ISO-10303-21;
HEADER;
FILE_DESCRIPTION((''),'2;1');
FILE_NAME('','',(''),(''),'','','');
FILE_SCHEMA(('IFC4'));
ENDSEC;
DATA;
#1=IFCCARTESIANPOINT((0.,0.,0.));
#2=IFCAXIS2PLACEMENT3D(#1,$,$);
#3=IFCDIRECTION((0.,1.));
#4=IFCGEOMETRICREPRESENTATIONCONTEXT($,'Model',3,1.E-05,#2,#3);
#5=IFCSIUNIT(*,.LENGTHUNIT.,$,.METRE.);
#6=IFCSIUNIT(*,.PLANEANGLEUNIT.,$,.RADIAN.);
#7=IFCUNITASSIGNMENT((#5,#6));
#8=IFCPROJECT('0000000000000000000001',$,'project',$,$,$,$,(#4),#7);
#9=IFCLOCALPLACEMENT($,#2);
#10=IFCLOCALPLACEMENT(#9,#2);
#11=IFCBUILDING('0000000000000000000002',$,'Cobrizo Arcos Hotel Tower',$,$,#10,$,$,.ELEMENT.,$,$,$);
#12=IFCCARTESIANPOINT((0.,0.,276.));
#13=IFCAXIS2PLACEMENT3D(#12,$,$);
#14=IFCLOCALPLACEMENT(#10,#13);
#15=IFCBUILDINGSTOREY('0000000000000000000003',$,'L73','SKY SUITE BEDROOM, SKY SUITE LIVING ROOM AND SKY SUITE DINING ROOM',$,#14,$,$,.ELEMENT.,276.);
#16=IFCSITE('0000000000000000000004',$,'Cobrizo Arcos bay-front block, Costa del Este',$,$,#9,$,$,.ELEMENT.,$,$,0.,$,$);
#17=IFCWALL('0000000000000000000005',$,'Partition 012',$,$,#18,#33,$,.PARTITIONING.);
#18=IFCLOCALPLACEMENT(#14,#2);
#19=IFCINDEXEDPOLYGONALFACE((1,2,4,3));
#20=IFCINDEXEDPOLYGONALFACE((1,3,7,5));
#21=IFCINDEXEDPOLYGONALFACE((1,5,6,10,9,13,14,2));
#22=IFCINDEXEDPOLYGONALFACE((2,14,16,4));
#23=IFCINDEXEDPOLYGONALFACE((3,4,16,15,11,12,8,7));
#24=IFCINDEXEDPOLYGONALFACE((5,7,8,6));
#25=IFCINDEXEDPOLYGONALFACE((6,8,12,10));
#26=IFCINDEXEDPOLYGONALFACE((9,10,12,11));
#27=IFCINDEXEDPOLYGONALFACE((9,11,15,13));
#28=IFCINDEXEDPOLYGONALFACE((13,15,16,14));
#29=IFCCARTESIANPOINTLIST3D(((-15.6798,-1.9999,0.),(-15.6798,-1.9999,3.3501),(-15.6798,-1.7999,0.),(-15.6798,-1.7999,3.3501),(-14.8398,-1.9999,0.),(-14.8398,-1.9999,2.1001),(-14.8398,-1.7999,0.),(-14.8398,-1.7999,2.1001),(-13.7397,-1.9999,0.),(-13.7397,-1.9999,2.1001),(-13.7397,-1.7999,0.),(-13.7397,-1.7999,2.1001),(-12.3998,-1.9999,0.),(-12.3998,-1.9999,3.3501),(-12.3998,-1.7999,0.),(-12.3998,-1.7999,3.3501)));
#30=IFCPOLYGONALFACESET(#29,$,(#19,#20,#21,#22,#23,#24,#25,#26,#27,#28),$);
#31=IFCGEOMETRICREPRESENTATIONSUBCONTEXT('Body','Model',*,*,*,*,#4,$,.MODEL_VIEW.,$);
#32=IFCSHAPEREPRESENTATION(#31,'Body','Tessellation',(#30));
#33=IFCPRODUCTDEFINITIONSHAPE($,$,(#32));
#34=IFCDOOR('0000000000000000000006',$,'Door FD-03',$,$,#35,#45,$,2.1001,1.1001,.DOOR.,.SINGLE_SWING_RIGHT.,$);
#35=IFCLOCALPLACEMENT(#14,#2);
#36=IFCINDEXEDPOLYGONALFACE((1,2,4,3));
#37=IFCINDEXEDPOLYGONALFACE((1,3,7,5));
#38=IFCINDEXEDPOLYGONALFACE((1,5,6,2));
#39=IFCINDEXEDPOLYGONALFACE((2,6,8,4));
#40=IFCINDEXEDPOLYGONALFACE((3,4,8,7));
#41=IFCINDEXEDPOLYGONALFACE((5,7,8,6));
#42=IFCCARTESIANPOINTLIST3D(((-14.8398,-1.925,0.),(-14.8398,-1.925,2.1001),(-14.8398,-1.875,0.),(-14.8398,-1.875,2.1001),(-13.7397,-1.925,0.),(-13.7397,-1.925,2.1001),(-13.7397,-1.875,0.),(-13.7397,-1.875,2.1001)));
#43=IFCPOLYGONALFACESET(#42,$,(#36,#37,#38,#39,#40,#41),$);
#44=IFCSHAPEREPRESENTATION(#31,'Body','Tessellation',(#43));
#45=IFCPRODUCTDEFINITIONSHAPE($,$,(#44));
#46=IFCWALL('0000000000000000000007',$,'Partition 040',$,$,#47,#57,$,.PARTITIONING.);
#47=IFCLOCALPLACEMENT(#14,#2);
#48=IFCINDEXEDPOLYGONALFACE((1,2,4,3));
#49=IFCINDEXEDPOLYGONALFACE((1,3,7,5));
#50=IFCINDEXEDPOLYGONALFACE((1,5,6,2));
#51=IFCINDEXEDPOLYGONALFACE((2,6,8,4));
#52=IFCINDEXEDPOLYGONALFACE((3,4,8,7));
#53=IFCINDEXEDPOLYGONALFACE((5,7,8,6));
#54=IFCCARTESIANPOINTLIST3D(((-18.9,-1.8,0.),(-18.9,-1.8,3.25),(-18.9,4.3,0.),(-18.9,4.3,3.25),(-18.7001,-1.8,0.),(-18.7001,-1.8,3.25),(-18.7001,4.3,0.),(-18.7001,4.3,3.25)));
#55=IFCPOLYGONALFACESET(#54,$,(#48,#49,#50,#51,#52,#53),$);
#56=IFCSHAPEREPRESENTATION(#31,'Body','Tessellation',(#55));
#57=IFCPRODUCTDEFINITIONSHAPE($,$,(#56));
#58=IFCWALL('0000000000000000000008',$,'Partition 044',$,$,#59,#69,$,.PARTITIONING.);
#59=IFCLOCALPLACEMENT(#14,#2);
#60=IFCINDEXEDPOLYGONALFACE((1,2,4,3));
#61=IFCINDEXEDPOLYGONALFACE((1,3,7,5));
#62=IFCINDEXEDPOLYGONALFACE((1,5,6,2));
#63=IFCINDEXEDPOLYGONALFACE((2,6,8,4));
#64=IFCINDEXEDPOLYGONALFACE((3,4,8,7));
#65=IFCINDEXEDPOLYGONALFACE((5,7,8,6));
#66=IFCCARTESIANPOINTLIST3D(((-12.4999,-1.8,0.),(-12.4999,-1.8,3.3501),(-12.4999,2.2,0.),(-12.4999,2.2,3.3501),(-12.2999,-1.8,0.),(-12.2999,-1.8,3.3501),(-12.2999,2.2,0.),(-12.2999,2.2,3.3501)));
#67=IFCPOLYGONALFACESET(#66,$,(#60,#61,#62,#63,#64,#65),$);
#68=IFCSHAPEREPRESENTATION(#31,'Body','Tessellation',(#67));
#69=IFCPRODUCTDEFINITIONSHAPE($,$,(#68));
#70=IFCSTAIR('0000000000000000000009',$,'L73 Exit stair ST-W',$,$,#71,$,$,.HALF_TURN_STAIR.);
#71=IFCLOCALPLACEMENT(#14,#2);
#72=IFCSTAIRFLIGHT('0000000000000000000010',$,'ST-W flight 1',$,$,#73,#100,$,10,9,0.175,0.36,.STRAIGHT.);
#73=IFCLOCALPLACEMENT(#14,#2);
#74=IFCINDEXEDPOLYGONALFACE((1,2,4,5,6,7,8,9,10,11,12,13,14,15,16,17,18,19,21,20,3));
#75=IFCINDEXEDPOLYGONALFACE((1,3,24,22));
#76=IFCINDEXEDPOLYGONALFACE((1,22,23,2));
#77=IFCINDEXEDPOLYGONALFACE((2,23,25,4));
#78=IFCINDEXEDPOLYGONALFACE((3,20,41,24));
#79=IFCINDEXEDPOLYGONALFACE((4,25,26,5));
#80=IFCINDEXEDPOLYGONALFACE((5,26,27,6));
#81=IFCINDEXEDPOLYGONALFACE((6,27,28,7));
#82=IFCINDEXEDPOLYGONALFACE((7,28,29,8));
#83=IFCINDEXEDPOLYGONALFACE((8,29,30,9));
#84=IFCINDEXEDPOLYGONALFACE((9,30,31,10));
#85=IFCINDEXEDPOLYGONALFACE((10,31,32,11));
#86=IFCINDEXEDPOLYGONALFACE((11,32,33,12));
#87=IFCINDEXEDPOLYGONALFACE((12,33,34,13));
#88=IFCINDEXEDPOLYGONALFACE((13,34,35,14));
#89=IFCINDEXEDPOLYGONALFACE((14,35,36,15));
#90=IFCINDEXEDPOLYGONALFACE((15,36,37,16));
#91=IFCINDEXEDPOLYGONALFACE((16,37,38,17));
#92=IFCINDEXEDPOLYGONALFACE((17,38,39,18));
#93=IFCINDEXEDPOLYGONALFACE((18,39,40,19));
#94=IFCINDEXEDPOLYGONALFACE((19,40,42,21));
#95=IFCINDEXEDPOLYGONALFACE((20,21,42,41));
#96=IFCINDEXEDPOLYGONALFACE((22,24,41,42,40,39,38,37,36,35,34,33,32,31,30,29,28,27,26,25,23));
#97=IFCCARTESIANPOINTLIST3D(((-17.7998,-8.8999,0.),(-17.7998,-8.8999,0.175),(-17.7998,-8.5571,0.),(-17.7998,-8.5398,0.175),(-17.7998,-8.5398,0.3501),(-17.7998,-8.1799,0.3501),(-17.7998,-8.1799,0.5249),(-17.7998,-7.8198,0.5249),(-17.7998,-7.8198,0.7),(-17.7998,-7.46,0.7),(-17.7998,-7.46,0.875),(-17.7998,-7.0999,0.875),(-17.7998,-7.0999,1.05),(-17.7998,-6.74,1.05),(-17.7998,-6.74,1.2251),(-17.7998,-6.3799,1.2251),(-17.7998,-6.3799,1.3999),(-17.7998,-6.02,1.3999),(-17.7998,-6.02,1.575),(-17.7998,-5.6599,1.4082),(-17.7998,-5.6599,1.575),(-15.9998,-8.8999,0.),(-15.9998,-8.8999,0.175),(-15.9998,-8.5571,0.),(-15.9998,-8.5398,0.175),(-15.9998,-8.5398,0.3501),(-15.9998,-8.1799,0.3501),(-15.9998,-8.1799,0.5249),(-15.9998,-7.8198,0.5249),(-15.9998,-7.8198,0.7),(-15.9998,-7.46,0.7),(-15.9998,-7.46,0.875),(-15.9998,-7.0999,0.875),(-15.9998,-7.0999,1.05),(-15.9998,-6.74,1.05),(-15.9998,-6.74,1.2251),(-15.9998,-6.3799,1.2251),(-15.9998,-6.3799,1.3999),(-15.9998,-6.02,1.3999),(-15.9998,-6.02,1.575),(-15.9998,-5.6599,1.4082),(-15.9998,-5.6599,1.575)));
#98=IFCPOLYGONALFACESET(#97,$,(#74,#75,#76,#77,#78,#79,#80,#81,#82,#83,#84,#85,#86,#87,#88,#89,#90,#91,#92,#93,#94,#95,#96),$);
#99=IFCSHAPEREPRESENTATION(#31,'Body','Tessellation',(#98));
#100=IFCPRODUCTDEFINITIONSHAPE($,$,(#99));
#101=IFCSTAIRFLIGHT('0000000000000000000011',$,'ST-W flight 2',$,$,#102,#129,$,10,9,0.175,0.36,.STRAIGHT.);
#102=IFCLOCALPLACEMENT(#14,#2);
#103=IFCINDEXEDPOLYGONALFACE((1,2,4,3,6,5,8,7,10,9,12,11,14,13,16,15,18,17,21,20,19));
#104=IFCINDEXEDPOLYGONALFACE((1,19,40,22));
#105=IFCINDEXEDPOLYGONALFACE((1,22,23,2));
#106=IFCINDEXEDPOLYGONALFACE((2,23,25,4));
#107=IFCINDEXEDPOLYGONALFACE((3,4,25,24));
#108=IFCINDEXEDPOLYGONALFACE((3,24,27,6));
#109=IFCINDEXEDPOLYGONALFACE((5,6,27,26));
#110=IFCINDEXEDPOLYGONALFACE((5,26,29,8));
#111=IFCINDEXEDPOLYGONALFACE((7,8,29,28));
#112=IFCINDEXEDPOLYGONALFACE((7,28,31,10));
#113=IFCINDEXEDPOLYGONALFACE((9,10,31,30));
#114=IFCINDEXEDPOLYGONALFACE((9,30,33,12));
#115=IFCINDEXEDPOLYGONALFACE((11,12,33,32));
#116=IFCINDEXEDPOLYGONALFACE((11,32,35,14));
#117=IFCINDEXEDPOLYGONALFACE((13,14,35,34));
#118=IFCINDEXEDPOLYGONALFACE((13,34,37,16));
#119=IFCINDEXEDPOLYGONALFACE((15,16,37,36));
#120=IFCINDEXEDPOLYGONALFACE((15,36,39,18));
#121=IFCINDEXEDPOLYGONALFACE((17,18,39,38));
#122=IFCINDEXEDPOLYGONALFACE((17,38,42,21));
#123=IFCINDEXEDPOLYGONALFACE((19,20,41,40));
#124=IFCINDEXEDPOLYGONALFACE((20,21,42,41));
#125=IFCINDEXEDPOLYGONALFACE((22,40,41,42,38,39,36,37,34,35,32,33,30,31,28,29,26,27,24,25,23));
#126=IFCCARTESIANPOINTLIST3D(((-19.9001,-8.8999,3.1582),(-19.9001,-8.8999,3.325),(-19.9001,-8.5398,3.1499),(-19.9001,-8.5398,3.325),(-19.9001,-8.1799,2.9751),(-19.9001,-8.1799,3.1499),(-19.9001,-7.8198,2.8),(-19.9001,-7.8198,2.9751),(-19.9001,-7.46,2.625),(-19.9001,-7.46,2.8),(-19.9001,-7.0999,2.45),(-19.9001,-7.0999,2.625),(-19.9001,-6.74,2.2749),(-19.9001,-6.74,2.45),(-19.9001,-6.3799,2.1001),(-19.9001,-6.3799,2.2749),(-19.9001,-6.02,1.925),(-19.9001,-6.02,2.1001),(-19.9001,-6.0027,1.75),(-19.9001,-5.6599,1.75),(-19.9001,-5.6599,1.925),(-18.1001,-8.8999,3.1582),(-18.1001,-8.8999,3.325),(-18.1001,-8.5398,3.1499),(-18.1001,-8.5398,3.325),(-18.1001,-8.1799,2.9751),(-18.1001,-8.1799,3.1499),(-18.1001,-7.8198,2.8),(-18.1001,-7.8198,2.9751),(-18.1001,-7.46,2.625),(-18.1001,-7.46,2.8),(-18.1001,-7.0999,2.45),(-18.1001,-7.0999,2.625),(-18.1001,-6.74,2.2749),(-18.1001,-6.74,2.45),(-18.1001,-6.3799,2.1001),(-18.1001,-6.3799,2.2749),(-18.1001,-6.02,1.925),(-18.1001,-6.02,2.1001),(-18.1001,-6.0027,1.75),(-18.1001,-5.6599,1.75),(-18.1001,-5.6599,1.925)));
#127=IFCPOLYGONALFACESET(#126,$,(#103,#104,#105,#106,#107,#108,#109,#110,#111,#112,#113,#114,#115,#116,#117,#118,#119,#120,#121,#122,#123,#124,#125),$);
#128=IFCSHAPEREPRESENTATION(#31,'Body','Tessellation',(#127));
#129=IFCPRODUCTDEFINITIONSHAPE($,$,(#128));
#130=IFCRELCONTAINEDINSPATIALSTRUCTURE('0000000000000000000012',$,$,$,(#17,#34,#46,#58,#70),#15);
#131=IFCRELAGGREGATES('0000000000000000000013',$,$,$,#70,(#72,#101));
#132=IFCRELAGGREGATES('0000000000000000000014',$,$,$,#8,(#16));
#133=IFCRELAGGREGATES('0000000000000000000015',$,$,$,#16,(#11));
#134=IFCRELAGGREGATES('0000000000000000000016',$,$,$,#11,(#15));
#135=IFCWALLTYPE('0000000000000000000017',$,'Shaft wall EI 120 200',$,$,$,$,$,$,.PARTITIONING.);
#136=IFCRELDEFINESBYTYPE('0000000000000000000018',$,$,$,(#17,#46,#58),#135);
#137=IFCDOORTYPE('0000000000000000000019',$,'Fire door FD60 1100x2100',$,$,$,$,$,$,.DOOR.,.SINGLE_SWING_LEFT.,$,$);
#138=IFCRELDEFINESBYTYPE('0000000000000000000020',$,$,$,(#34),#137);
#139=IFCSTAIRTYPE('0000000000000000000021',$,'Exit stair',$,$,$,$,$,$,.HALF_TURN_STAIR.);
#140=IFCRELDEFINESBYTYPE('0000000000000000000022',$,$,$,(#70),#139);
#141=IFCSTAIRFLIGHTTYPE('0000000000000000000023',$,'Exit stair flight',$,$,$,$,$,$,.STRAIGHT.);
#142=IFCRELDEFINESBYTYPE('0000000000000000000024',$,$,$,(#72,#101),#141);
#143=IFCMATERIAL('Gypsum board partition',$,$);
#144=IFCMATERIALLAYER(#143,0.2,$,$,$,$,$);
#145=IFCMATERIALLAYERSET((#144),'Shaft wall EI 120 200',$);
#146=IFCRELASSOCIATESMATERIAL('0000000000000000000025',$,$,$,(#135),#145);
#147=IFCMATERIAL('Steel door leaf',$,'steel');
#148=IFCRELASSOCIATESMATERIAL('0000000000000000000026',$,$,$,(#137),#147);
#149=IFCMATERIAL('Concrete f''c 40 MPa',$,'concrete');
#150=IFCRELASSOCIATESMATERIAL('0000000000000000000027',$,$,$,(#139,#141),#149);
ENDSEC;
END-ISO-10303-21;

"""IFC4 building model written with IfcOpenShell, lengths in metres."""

from ifc_helpers import new_model, si_unit, direction, frame, frame_2d, origin, place, context, subcontext, project, spatial, polyline, rectangle, outline, extrude, material, layer, layer_set, type_object, element, fill, aggregate, save


model = new_model("IFC4")

# Units and contexts
model_context = context("Model", 3, precision=1e-05, world=origin(), true_north=direction((0.0, 1.0)))
body_context = subcontext(model_context, "Body", "Model", "MODEL_VIEW")
ifc_project = project(units=[si_unit("LENGTHUNIT", "METRE"), si_unit("PLANEANGLEUNIT", "RADIAN")], contexts=[model_context])

# Site, building, storey
site_placement = place(None, origin())
site = spatial("IfcSite", under=ifc_project, at=site_placement, Name="Cobrizo Arcos bay-front block, Costa del Este", CompositionType="ELEMENT", RefElevation=0.0)
building_placement = place(site_placement, origin())
building = spatial("IfcBuilding", under=site, at=building_placement, Name="Cobrizo Arcos Hotel Tower", CompositionType="ELEMENT")
storey_placement = place(building_placement, frame((0.0, 0.0, 276.0)))
storey = spatial("IfcBuildingStorey", under=building, at=storey_placement, Name="L73", Description="SKY SUITE BEDROOM, SKY SUITE LIVING ROOM AND SKY SUITE DINING ROOM", CompositionType="ELEMENT", Elevation=276.0)

# Shared definitions
ifc_material_1 = material(Name="Gypsum board partition")

# Shared definitions
ifc_material_2 = material(Name="Concrete f'c 40 MPa", Category="concrete")

# Wall, opening, door
ifc_layer_1 = layer(ifc_material_1, 0.2)
ifc_layer_set_1 = layer_set([ifc_layer_1], Name="Shaft wall EI 120 200")
wall_type_1 = type_object("IfcWallType", Name="Shaft wall EI 120 200", PredefinedType="PARTITIONING", material=ifc_layer_set_1)
wall_1_placement = place(storey_placement, frame((-15.6799, -1.8999, 0.0), z_axis=(0.0, 0.0, 1.0), x_axis=(1.0, 0.0, 0.0)))
wall_1 = element("IfcWall", 1, at=wall_1_placement, inside=storey, type_object=wall_type_1, Name="Partition 012", PredefinedType="PARTITIONING", context=body_context, shape_type="SweptSolid", body=[
    extrude(rectangle(XDim=3.28, YDim=0.2, at=frame_2d((1.6401, 0.0))), origin(), (0.0, 0.0, 1.0), 3.3501),
])
opening_1_placement = place(wall_1_placement, frame((0.8401, 0.0, 0.0)))
opening_1 = element("IfcOpeningElement", 2, at=opening_1_placement, cuts=wall_1, PredefinedType="OPENING", context=body_context, shape_type="SweptSolid", body=[
    extrude(rectangle(XDim=1.1001, YDim=2.1001, at=frame_2d((0.55, 1.05))), frame((0.0, 0.1121, 0.0), z_axis=(0.0, -1.0, 0.0), x_axis=(1.0, 0.0, 0.0)), (0.0, 0.0, 1.0), 0.2239),
])
ifc_material_3 = material(Name="Steel door leaf", Category="steel")
door_type_1 = type_object("IfcDoorType", Name="Fire door FD60 1100x2100", OperationType="SINGLE_SWING_LEFT", PredefinedType="DOOR", material=ifc_material_3)
door_1_placement = place(opening_1_placement, origin())
door_1 = element("IfcDoor", 3, at=door_1_placement, inside=storey, type_object=door_type_1, Name="Door FD-03", OperationType="SINGLE_SWING_RIGHT", OverallHeight=2.1001, OverallWidth=1.1001, PredefinedType="DOOR", context=body_context, shape_type="SweptSolid", body=[
    extrude(rectangle(XDim=1.1001, YDim=2.1001, at=frame_2d((0.55, 1.05))), frame((0.0, 0.0249, 0.0), z_axis=(0.0, -1.0, 0.0), x_axis=(1.0, 0.0, 0.0)), (0.0, 0.0, 1.0), 0.05),
])
fill(opening_1, door_1)

# Walls
wall_2_placement = place(storey_placement, frame((-18.8, -1.8, 0.0), z_axis=(0.0, 0.0, 1.0), x_axis=(0.0, 1.0, 0.0)))
element("IfcWall", 4, at=wall_2_placement, inside=storey, type_object=wall_type_1, Name="Partition 040", PredefinedType="PARTITIONING", context=body_context, shape_type="SweptSolid", body=[
    extrude(rectangle(XDim=6.1001, YDim=0.2, at=frame_2d((3.05, 0.0))), origin(), (0.0, 0.0, 1.0), 3.25),
])
wall_3_placement = place(storey_placement, frame((-12.3999, -1.8, 0.0), z_axis=(0.0, 0.0, 1.0), x_axis=(0.0, 1.0, 0.0)))
element("IfcWall", 5, at=wall_3_placement, inside=storey, type_object=wall_type_1, Name="Partition 044", PredefinedType="PARTITIONING", context=body_context, shape_type="SweptSolid", body=[
    extrude(rectangle(XDim=4.0, YDim=0.2, at=frame_2d((2.0, 0.0))), origin(), (0.0, 0.0, 1.0), 3.3501),
])

# Stair, stair flights
stair_type = type_object("IfcStairType", Name="Exit stair", PredefinedType="HALF_TURN_STAIR", material=ifc_material_2)
stair_placement = place(storey_placement, origin())
stair = element("IfcStair", 6, at=stair_placement, inside=storey, type_object=stair_type, Name="L73 Exit stair ST-W", PredefinedType="HALF_TURN_STAIR")
stair_flight_type = type_object("IfcStairFlightType", Name="Exit stair flight", PredefinedType="STRAIGHT", material=ifc_material_2)
stair_flight_1_placement = place(storey_placement, frame((-16.8999, -8.8999, 0.0), z_axis=(0.0, 0.0, 1.0), x_axis=(0.0, 1.0, 0.0)))
stair_flight_1 = element("IfcStairFlight", 7, at=stair_flight_1_placement, type_object=stair_flight_type, Name="ST-W flight 1", NumberOfRisers=10, NumberOfTreads=9, PredefinedType="STRAIGHT", RiserHeight=0.175, TreadLength=0.36, context=body_context, shape_type="SweptSolid", body=[
    extrude(outline(polyline([(0.0, 0.0), (0.0, 0.175), (0.3601, 0.175), (0.3601, 0.3501), (0.72, 0.3501), (0.72, 0.5249), (1.0801, 0.5249), (1.0801, 0.7), (1.4399, 0.7), (1.4399, 0.875), (1.8, 0.875), (1.8, 1.05), (2.1599, 1.05), (2.1599, 1.2251), (2.52, 1.2251), (2.52, 1.3999), (2.8799, 1.3999), (2.8799, 1.575), (3.24, 1.575), (3.24, 1.75), (3.24, 1.4082), (0.3428, 0.0), (0.0, 0.0)])), frame((0.0, 0.8999, 0.0), z_axis=(0.0, -1.0, 0.0), x_axis=(1.0, 0.0, 0.0)), (0.0, 0.0, 1.0), 1.8),
])
stair_flight_2_placement = place(storey_placement, frame((-19.0, -5.6599, 1.75), z_axis=(0.0, 0.0, 1.0), x_axis=(0.0, -1.0, 0.0)))
stair_flight_2 = element("IfcStairFlight", 8, at=stair_flight_2_placement, type_object=stair_flight_type, Name="ST-W flight 2", NumberOfRisers=10, NumberOfTreads=9, PredefinedType="STRAIGHT", RiserHeight=0.175, TreadLength=0.36, context=body_context, shape_type="SweptSolid", body=[
    extrude(outline(polyline([(0.0, 0.0), (0.0, 0.175), (0.3601, 0.175), (0.3601, 0.3501), (0.72, 0.3501), (0.72, 0.5249), (1.0801, 0.5249), (1.0801, 0.7), (1.4399, 0.7), (1.4399, 0.875), (1.8, 0.875), (1.8, 1.05), (2.1599, 1.05), (2.1599, 1.2251), (2.52, 1.2251), (2.52, 1.3999), (2.8799, 1.3999), (2.8799, 1.575), (3.24, 1.575), (3.24, 1.75), (3.24, 1.4082), (0.3428, 0.0), (0.0, 0.0)])), frame((0.0, 0.8999, 0.0), z_axis=(0.0, -1.0, 0.0), x_axis=(1.0, 0.0, 0.0)), (0.0, 0.0, 1.0), 1.8),
])
aggregate(stair, [stair_flight_1, stair_flight_2])

save(model, "model.ifc")
